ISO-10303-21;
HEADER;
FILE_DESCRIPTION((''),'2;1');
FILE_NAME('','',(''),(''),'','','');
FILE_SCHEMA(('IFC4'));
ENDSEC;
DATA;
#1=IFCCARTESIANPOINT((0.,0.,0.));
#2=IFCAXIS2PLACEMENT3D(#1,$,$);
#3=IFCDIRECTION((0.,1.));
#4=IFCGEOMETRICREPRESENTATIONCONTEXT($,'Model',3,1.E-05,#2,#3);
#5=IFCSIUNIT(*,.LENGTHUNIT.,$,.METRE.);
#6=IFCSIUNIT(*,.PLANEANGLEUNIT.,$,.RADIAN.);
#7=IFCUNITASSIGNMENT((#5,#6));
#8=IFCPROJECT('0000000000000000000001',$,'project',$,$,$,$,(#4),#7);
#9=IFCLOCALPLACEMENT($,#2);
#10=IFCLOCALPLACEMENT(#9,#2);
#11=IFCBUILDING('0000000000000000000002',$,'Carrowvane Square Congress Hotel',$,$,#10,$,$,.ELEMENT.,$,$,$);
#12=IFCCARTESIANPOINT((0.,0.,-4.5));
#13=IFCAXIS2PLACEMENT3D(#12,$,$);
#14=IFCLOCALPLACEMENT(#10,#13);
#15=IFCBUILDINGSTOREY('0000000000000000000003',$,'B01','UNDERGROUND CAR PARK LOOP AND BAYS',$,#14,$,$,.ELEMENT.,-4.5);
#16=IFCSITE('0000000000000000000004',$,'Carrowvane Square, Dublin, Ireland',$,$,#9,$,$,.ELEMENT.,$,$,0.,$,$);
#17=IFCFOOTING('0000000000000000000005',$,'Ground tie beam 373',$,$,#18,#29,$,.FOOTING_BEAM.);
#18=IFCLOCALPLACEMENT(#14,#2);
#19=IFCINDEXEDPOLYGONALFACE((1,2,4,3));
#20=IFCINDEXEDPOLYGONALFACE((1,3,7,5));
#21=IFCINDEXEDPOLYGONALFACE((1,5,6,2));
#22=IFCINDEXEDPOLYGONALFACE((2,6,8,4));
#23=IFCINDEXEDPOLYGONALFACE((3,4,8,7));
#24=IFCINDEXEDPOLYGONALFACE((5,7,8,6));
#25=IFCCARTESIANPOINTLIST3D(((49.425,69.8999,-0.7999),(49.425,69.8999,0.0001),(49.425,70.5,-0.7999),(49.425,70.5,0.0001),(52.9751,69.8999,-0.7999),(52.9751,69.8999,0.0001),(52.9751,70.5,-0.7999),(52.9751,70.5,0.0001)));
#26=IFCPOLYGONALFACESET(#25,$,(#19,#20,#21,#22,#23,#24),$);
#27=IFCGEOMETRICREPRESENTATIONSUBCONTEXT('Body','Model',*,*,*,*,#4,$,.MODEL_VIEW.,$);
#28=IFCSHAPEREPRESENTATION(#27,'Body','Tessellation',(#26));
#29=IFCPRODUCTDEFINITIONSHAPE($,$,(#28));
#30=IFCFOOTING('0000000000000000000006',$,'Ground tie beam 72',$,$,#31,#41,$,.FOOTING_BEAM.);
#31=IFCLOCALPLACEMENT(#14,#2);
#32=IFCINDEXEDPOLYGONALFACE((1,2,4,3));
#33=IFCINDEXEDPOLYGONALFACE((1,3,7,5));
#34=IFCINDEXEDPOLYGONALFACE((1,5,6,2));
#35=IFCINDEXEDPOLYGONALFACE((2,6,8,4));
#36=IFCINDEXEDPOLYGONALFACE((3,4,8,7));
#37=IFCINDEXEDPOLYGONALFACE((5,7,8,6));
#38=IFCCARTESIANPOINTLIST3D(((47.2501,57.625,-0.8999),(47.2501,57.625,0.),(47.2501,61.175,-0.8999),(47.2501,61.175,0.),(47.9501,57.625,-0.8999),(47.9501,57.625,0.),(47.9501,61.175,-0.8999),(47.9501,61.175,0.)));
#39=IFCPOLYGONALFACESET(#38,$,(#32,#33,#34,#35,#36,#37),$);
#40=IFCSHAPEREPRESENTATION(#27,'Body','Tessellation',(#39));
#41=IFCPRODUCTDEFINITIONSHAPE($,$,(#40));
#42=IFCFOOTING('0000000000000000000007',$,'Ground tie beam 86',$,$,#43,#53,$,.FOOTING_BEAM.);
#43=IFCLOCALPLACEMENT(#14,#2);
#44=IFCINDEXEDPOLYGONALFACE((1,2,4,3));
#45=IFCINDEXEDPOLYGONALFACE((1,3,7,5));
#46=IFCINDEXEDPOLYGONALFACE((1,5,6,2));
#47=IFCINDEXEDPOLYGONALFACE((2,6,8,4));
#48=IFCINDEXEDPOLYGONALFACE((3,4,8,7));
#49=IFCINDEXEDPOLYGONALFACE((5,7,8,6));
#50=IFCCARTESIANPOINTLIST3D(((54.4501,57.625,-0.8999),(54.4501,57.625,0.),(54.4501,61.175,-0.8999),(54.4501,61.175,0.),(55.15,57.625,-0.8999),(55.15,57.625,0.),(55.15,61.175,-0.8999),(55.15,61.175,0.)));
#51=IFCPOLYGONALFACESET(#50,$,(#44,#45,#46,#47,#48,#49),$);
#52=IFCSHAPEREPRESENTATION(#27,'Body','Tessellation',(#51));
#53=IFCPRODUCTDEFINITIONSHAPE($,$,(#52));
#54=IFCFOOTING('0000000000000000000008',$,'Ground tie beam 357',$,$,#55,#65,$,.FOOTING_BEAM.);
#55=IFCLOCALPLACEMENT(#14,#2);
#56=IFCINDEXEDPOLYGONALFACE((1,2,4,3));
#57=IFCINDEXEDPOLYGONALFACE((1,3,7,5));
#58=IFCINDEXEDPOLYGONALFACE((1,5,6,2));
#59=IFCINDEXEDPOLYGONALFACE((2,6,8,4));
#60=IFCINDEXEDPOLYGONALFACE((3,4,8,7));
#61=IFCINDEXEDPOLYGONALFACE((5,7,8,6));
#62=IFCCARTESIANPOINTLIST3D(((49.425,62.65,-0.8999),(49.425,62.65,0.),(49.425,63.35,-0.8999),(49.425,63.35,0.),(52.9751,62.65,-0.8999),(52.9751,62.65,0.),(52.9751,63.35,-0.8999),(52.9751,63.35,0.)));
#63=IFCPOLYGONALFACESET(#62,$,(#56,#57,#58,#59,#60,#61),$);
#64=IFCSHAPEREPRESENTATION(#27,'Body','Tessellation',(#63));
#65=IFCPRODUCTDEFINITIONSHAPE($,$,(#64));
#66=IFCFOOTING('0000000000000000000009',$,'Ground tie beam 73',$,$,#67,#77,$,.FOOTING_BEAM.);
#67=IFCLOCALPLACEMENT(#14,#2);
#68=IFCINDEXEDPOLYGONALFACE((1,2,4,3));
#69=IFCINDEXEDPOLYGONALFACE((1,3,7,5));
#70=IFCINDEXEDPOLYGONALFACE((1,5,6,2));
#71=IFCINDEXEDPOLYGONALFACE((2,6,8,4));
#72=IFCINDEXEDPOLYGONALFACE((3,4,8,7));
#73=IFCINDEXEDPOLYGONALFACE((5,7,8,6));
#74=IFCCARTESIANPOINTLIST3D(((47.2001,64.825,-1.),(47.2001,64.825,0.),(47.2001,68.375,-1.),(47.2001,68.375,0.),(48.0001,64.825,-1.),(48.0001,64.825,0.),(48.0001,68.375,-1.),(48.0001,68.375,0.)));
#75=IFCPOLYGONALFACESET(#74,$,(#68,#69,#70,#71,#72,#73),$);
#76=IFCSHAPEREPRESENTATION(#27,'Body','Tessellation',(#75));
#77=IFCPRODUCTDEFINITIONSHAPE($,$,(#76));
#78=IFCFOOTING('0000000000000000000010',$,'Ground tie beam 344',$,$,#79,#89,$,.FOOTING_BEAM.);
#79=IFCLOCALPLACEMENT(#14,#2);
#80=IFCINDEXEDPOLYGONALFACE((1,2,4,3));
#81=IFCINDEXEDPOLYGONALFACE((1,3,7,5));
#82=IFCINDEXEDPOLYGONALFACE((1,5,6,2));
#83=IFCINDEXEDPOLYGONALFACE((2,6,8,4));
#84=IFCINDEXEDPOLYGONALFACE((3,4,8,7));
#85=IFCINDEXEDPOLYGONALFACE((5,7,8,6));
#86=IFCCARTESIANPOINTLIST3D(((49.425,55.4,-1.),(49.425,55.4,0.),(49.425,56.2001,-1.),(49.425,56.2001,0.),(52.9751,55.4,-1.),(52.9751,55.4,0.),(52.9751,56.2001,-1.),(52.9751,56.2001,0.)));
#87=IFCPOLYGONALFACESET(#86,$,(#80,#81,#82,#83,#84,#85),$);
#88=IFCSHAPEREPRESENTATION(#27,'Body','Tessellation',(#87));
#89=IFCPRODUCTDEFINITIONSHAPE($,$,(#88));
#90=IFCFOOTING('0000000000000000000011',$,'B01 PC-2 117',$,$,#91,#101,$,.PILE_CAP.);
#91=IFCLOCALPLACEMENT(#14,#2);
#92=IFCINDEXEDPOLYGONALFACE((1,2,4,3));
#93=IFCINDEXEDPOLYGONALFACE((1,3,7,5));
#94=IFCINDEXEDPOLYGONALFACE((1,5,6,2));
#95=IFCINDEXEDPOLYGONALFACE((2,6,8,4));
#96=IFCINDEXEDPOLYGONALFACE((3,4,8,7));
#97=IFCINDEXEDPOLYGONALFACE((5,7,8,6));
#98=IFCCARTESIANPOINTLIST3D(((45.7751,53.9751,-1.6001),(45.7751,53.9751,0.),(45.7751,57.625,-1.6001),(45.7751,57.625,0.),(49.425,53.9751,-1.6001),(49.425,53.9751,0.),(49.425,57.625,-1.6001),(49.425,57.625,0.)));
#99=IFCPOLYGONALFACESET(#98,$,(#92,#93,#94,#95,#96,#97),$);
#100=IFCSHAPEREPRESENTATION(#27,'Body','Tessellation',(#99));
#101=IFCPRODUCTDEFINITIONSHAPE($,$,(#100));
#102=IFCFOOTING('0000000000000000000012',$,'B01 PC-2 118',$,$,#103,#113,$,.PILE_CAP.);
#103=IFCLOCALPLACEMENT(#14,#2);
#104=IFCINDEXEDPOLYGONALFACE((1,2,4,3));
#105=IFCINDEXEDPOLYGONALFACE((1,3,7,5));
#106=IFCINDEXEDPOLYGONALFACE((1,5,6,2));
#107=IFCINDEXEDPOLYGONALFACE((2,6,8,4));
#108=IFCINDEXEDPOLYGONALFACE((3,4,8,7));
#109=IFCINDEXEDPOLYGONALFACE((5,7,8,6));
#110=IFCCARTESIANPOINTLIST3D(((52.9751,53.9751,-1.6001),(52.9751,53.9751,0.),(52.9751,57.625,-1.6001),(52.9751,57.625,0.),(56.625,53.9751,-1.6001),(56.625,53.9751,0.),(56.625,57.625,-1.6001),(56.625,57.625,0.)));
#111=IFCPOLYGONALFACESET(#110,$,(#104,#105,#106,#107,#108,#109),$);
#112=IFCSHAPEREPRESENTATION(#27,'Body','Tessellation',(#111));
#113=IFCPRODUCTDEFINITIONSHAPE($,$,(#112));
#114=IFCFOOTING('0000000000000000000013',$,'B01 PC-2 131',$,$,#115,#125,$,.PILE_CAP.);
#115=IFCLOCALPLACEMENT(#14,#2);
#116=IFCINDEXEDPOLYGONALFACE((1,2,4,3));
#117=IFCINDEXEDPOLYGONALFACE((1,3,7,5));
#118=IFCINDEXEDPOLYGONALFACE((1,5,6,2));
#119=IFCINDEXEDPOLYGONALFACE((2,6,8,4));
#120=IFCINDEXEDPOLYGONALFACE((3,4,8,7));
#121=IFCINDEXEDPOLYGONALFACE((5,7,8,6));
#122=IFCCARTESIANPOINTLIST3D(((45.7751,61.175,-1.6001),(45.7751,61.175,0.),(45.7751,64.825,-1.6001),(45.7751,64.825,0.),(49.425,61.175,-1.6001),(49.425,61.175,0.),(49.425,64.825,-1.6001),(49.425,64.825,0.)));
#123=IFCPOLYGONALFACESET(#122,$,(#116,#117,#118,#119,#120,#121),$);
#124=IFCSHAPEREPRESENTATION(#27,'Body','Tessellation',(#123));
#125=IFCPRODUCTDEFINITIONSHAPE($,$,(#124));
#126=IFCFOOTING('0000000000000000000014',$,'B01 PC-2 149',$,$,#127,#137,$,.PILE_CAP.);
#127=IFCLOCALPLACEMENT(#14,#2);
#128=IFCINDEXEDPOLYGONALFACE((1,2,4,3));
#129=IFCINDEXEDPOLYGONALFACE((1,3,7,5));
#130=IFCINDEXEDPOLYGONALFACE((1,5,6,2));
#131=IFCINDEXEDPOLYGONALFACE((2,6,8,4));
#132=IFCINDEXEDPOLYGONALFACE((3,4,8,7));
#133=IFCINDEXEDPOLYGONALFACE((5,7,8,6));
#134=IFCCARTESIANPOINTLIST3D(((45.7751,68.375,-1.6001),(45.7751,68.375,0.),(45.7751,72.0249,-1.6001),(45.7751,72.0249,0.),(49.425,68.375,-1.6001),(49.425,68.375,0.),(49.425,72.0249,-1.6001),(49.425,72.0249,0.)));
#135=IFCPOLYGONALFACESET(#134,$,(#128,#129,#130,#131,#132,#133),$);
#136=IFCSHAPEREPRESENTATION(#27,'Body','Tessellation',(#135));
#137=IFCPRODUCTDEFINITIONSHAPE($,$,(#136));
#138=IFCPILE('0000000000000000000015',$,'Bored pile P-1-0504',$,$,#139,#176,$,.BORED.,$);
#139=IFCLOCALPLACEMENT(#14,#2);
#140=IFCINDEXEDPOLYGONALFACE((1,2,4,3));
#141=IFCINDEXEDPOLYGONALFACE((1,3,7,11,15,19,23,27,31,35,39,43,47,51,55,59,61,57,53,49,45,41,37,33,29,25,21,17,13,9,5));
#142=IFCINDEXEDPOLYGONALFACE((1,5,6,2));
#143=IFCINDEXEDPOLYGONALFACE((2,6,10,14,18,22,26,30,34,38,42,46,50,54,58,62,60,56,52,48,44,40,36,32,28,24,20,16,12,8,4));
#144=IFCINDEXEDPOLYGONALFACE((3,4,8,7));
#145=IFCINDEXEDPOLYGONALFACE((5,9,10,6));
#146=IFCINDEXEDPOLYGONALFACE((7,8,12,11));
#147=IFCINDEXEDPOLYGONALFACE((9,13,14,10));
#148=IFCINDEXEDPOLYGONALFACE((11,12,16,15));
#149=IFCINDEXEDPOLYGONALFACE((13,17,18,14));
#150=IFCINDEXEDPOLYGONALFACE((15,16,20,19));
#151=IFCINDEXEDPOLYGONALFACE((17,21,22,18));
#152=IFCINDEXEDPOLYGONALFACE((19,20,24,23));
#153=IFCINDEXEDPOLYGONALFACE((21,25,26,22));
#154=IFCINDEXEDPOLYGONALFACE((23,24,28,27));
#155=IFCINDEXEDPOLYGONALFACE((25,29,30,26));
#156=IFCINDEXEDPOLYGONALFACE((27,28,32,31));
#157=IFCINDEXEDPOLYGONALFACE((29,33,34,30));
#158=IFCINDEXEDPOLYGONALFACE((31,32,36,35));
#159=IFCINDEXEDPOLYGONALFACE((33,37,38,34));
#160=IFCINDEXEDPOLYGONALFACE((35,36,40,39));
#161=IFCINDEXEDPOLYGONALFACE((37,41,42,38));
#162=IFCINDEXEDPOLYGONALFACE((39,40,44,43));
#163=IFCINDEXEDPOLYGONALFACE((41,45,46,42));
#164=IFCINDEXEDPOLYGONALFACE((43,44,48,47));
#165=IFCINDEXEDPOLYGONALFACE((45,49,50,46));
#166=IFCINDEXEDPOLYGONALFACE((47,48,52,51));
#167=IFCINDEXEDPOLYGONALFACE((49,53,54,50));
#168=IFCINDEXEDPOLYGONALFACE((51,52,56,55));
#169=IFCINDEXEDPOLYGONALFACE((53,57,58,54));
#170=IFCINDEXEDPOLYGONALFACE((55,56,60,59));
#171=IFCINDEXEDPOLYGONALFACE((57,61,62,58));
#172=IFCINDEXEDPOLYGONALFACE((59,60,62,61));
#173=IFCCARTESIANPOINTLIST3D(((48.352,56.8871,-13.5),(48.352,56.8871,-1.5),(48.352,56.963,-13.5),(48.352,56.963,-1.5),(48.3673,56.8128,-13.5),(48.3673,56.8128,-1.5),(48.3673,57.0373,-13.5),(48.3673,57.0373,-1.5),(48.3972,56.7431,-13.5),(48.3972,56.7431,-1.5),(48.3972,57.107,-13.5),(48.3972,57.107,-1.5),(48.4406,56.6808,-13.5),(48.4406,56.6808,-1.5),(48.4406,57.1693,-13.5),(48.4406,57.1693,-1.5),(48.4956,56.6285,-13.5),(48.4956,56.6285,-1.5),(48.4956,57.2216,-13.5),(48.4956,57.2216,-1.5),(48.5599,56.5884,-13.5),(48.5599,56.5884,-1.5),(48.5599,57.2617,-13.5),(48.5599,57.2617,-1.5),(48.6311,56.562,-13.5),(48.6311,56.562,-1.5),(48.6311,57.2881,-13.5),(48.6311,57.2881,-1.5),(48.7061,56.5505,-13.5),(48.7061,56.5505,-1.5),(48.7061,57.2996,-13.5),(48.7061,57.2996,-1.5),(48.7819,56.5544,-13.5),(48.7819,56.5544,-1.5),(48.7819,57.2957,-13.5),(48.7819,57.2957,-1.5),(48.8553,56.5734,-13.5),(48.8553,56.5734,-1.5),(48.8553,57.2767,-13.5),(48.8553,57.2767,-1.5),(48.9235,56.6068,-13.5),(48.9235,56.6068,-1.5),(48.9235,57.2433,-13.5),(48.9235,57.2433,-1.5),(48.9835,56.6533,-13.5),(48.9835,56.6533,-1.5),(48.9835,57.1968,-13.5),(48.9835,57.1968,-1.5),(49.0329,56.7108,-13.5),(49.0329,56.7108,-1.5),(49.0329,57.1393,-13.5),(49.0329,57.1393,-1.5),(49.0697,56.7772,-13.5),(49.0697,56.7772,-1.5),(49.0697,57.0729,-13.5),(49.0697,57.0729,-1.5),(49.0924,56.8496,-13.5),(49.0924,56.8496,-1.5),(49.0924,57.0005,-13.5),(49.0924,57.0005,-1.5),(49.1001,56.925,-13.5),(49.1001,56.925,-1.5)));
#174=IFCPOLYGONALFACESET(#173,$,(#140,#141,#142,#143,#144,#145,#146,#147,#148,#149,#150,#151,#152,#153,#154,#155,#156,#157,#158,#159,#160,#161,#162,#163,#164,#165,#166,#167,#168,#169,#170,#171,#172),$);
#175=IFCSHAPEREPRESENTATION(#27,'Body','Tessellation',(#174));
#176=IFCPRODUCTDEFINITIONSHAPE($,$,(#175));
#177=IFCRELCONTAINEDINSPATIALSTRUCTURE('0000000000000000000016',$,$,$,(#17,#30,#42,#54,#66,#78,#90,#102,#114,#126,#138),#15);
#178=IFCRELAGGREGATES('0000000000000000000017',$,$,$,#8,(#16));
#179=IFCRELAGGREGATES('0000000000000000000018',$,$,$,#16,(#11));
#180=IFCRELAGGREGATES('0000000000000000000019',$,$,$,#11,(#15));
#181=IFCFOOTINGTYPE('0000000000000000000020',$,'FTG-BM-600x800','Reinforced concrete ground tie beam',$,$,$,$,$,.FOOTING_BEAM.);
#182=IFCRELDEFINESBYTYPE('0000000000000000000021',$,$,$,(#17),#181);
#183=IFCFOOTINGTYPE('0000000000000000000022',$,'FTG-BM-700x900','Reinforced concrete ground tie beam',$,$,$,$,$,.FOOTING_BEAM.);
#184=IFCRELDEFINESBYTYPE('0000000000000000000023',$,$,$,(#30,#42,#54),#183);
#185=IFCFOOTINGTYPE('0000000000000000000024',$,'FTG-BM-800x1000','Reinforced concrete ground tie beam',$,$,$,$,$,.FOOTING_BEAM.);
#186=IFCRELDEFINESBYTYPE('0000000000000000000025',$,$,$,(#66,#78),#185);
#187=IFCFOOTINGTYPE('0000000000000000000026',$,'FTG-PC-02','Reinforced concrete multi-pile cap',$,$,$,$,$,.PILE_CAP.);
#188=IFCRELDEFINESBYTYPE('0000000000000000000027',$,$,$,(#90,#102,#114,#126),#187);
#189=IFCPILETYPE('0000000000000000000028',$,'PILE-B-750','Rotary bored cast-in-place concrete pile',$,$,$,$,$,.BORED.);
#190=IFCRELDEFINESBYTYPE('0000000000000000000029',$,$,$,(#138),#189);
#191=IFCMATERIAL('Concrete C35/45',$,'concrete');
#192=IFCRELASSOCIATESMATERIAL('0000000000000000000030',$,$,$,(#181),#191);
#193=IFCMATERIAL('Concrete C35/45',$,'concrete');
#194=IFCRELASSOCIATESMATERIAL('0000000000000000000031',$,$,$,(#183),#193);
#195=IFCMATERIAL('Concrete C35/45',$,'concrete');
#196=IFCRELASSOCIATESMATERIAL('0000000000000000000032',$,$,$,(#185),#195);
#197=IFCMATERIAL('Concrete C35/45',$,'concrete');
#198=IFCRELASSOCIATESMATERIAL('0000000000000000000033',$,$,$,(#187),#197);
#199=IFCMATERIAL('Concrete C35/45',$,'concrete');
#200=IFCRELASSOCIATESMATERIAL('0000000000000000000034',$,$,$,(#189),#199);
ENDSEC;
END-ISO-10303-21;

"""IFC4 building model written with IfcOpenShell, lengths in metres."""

from ifc_helpers import new_model, si_unit, direction, frame, origin, origin_2d, place, context, subcontext, project, spatial, rectangle, circle, extrude, material, material_profile, profile_set, type_object, element, save


model = new_model("IFC4")

# Units and contexts
model_context = context("Model", 3, precision=1e-05, world=origin(), true_north=direction((0.0, 1.0)))
body_context = subcontext(model_context, "Body", "Model", "MODEL_VIEW")
ifc_project = project(units=[si_unit("LENGTHUNIT", "METRE"), si_unit("PLANEANGLEUNIT", "RADIAN")], contexts=[model_context])

# Site, building, storey
site_placement = place(None, origin())
site = spatial("IfcSite", under=ifc_project, at=site_placement, Name="Carrowvane Square, Dublin, Ireland", CompositionType="ELEMENT", RefElevation=0.0)
building_placement = place(site_placement, origin())
building = spatial("IfcBuilding", under=site, at=building_placement, Name="Carrowvane Square Congress Hotel", CompositionType="ELEMENT")
storey_placement = place(building_placement, frame((0.0, 0.0, -4.5)))
storey = spatial("IfcBuildingStorey", under=building, at=storey_placement, Name="B01", Description="UNDERGROUND CAR PARK LOOP AND BAYS", CompositionType="ELEMENT", Elevation=-4.5)

# Footings
ifc_material_1 = material(Name="Concrete C35/45", Category="concrete")
ifc_material_profile_1 = material_profile(ifc_material_1, rectangle(XDim=0.6001, YDim=0.8, at=origin_2d()), Name="RC 600x800")
ifc_profile_set_1 = profile_set([ifc_material_profile_1], Name="Concrete C35/45")
footing_type_1 = type_object("IfcFootingType", Name="FTG-BM-600x800", Description="Reinforced concrete ground tie beam", PredefinedType="FOOTING_BEAM", material=ifc_profile_set_1)
footing_placement = place(storey_placement, frame((49.425, 70.2, -0.3999), z_axis=(1.0, 0.0, 0.0), x_axis=(0.0, 1.0, 0.0)))
element("IfcFooting", 1, at=footing_placement, inside=storey, type_object=footing_type_1, Name="Ground tie beam 373", PredefinedType="FOOTING_BEAM", context=body_context, shape_type="SweptSolid", body=[
    extrude(rectangle(XDim=0.6001, YDim=0.8, at=origin_2d()), origin(), (0.0, 0.0, 1.0), 3.55),
])
ifc_material_2 = material(Name="Concrete C35/45", Category="concrete")
ifc_material_profile_2 = material_profile(ifc_material_2, rectangle(XDim=0.7, YDim=0.8999, at=origin_2d()), Name="RC 700x900")
ifc_profile_set_2 = profile_set([ifc_material_profile_2], Name="Concrete C35/45")
footing_type_2 = type_object("IfcFootingType", Name="FTG-BM-700x900", Description="Reinforced concrete ground tie beam", PredefinedType="FOOTING_BEAM", material=ifc_profile_set_2)
for number, where, z_axis, x_axis, name in (
    (2, (47.6001, 57.625, -0.45), (0.0, 1.0, 0.0), (-1.0, 0.0, 0.0), "Ground tie beam 72"),
    (3, (54.8, 57.625, -0.45), (0.0, 1.0, 0.0), (-1.0, 0.0, 0.0), "Ground tie beam 86"),
    (4, (49.425, 63.0, -0.45), (1.0, 0.0, 0.0), (0.0, 1.0, 0.0), "Ground tie beam 357"),
):
    element("IfcFooting", number, at=place(storey_placement, frame(where, z_axis=z_axis, x_axis=x_axis)), inside=storey, type_object=footing_type_2, Name=name, PredefinedType="FOOTING_BEAM", context=body_context, shape_type="SweptSolid", body=[
        extrude(rectangle(XDim=0.7, YDim=0.8999, at=origin_2d()), origin(), (0.0, 0.0, 1.0), 3.55),
    ])
ifc_material_3 = material(Name="Concrete C35/45", Category="concrete")
ifc_material_profile_3 = material_profile(ifc_material_3, rectangle(XDim=0.8, YDim=1.0, at=origin_2d()), Name="RC 800x1000")
ifc_profile_set_3 = profile_set([ifc_material_profile_3], Name="Concrete C35/45")
footing_type_3 = type_object("IfcFootingType", Name="FTG-BM-800x1000", Description="Reinforced concrete ground tie beam", PredefinedType="FOOTING_BEAM", material=ifc_profile_set_3)
for number, where, z_axis, x_axis, name in (
    (5, (47.6001, 64.825, -0.5), (0.0, 1.0, 0.0), (-1.0, 0.0, 0.0), "Ground tie beam 73"),
    (6, (49.425, 55.8, -0.5), (1.0, 0.0, 0.0), (0.0, 1.0, 0.0), "Ground tie beam 344"),
):
    element("IfcFooting", number, at=place(storey_placement, frame(where, z_axis=z_axis, x_axis=x_axis)), inside=storey, type_object=footing_type_3, Name=name, PredefinedType="FOOTING_BEAM", context=body_context, shape_type="SweptSolid", body=[
        extrude(rectangle(XDim=0.8, YDim=1.0, at=origin_2d()), origin(), (0.0, 0.0, 1.0), 3.55),
    ])
ifc_material_4 = material(Name="Concrete C35/45", Category="concrete")
footing_type_4 = type_object("IfcFootingType", Name="FTG-PC-02", Description="Reinforced concrete multi-pile cap", PredefinedType="PILE_CAP", material=ifc_material_4)
for number, where, z_axis, x_axis, name in (
    (7, (47.6001, 55.8, -1.6001), (0.0, 0.0, 1.0), (1.0, 0.0, 0.0), "B01 PC-2 117"),
    (8, (54.8, 55.8, -1.6001), (0.0, 0.0, 1.0), (1.0, 0.0, 0.0), "B01 PC-2 118"),
    (9, (47.6001, 63.0, -1.6001), (0.0, 0.0, 1.0), (1.0, 0.0, 0.0), "B01 PC-2 131"),
    (10, (47.6001, 70.2, -1.6001), (0.0, 0.0, 1.0), (1.0, 0.0, 0.0), "B01 PC-2 149"),
):
    element("IfcFooting", number, at=place(storey_placement, frame(where, z_axis=z_axis, x_axis=x_axis)), inside=storey, type_object=footing_type_4, Name=name, PredefinedType="PILE_CAP", context=body_context, shape_type="SweptSolid", body=[
        extrude(rectangle(XDim=3.6499, YDim=3.6499, at=origin_2d()), origin(), (0.0, 0.0, 1.0), 1.6001),
    ])

# Pile
ifc_material_5 = material(Name="Concrete C35/45", Category="concrete")
ifc_material_profile_4 = material_profile(ifc_material_5, circle(Radius=0.375, at=origin_2d()), Name="PILE D750")
ifc_profile_set_4 = profile_set([ifc_material_profile_4], Name="Concrete C35/45")
pile_type = type_object("IfcPileType", Name="PILE-B-750", Description="Rotary bored cast-in-place concrete pile", PredefinedType="BORED", material=ifc_profile_set_4)
for number, where, z_axis, x_axis, name in (
    (11, (48.7251, 56.925, -1.5), (0.0, 0.0, -1.0), (1.0, 0.0, 0.0), "Bored pile P-1-0504"),
):
    element("IfcPile", number, at=place(storey_placement, frame(where, z_axis=z_axis, x_axis=x_axis)), inside=storey, type_object=pile_type, Name=name, PredefinedType="BORED", context=body_context, shape_type="SweptSolid", body=[
        extrude(circle(Radius=0.375, at=origin_2d()), origin(), (0.0, 0.0, 1.0), 12.0),
    ])

save(model, "model.ifc")
